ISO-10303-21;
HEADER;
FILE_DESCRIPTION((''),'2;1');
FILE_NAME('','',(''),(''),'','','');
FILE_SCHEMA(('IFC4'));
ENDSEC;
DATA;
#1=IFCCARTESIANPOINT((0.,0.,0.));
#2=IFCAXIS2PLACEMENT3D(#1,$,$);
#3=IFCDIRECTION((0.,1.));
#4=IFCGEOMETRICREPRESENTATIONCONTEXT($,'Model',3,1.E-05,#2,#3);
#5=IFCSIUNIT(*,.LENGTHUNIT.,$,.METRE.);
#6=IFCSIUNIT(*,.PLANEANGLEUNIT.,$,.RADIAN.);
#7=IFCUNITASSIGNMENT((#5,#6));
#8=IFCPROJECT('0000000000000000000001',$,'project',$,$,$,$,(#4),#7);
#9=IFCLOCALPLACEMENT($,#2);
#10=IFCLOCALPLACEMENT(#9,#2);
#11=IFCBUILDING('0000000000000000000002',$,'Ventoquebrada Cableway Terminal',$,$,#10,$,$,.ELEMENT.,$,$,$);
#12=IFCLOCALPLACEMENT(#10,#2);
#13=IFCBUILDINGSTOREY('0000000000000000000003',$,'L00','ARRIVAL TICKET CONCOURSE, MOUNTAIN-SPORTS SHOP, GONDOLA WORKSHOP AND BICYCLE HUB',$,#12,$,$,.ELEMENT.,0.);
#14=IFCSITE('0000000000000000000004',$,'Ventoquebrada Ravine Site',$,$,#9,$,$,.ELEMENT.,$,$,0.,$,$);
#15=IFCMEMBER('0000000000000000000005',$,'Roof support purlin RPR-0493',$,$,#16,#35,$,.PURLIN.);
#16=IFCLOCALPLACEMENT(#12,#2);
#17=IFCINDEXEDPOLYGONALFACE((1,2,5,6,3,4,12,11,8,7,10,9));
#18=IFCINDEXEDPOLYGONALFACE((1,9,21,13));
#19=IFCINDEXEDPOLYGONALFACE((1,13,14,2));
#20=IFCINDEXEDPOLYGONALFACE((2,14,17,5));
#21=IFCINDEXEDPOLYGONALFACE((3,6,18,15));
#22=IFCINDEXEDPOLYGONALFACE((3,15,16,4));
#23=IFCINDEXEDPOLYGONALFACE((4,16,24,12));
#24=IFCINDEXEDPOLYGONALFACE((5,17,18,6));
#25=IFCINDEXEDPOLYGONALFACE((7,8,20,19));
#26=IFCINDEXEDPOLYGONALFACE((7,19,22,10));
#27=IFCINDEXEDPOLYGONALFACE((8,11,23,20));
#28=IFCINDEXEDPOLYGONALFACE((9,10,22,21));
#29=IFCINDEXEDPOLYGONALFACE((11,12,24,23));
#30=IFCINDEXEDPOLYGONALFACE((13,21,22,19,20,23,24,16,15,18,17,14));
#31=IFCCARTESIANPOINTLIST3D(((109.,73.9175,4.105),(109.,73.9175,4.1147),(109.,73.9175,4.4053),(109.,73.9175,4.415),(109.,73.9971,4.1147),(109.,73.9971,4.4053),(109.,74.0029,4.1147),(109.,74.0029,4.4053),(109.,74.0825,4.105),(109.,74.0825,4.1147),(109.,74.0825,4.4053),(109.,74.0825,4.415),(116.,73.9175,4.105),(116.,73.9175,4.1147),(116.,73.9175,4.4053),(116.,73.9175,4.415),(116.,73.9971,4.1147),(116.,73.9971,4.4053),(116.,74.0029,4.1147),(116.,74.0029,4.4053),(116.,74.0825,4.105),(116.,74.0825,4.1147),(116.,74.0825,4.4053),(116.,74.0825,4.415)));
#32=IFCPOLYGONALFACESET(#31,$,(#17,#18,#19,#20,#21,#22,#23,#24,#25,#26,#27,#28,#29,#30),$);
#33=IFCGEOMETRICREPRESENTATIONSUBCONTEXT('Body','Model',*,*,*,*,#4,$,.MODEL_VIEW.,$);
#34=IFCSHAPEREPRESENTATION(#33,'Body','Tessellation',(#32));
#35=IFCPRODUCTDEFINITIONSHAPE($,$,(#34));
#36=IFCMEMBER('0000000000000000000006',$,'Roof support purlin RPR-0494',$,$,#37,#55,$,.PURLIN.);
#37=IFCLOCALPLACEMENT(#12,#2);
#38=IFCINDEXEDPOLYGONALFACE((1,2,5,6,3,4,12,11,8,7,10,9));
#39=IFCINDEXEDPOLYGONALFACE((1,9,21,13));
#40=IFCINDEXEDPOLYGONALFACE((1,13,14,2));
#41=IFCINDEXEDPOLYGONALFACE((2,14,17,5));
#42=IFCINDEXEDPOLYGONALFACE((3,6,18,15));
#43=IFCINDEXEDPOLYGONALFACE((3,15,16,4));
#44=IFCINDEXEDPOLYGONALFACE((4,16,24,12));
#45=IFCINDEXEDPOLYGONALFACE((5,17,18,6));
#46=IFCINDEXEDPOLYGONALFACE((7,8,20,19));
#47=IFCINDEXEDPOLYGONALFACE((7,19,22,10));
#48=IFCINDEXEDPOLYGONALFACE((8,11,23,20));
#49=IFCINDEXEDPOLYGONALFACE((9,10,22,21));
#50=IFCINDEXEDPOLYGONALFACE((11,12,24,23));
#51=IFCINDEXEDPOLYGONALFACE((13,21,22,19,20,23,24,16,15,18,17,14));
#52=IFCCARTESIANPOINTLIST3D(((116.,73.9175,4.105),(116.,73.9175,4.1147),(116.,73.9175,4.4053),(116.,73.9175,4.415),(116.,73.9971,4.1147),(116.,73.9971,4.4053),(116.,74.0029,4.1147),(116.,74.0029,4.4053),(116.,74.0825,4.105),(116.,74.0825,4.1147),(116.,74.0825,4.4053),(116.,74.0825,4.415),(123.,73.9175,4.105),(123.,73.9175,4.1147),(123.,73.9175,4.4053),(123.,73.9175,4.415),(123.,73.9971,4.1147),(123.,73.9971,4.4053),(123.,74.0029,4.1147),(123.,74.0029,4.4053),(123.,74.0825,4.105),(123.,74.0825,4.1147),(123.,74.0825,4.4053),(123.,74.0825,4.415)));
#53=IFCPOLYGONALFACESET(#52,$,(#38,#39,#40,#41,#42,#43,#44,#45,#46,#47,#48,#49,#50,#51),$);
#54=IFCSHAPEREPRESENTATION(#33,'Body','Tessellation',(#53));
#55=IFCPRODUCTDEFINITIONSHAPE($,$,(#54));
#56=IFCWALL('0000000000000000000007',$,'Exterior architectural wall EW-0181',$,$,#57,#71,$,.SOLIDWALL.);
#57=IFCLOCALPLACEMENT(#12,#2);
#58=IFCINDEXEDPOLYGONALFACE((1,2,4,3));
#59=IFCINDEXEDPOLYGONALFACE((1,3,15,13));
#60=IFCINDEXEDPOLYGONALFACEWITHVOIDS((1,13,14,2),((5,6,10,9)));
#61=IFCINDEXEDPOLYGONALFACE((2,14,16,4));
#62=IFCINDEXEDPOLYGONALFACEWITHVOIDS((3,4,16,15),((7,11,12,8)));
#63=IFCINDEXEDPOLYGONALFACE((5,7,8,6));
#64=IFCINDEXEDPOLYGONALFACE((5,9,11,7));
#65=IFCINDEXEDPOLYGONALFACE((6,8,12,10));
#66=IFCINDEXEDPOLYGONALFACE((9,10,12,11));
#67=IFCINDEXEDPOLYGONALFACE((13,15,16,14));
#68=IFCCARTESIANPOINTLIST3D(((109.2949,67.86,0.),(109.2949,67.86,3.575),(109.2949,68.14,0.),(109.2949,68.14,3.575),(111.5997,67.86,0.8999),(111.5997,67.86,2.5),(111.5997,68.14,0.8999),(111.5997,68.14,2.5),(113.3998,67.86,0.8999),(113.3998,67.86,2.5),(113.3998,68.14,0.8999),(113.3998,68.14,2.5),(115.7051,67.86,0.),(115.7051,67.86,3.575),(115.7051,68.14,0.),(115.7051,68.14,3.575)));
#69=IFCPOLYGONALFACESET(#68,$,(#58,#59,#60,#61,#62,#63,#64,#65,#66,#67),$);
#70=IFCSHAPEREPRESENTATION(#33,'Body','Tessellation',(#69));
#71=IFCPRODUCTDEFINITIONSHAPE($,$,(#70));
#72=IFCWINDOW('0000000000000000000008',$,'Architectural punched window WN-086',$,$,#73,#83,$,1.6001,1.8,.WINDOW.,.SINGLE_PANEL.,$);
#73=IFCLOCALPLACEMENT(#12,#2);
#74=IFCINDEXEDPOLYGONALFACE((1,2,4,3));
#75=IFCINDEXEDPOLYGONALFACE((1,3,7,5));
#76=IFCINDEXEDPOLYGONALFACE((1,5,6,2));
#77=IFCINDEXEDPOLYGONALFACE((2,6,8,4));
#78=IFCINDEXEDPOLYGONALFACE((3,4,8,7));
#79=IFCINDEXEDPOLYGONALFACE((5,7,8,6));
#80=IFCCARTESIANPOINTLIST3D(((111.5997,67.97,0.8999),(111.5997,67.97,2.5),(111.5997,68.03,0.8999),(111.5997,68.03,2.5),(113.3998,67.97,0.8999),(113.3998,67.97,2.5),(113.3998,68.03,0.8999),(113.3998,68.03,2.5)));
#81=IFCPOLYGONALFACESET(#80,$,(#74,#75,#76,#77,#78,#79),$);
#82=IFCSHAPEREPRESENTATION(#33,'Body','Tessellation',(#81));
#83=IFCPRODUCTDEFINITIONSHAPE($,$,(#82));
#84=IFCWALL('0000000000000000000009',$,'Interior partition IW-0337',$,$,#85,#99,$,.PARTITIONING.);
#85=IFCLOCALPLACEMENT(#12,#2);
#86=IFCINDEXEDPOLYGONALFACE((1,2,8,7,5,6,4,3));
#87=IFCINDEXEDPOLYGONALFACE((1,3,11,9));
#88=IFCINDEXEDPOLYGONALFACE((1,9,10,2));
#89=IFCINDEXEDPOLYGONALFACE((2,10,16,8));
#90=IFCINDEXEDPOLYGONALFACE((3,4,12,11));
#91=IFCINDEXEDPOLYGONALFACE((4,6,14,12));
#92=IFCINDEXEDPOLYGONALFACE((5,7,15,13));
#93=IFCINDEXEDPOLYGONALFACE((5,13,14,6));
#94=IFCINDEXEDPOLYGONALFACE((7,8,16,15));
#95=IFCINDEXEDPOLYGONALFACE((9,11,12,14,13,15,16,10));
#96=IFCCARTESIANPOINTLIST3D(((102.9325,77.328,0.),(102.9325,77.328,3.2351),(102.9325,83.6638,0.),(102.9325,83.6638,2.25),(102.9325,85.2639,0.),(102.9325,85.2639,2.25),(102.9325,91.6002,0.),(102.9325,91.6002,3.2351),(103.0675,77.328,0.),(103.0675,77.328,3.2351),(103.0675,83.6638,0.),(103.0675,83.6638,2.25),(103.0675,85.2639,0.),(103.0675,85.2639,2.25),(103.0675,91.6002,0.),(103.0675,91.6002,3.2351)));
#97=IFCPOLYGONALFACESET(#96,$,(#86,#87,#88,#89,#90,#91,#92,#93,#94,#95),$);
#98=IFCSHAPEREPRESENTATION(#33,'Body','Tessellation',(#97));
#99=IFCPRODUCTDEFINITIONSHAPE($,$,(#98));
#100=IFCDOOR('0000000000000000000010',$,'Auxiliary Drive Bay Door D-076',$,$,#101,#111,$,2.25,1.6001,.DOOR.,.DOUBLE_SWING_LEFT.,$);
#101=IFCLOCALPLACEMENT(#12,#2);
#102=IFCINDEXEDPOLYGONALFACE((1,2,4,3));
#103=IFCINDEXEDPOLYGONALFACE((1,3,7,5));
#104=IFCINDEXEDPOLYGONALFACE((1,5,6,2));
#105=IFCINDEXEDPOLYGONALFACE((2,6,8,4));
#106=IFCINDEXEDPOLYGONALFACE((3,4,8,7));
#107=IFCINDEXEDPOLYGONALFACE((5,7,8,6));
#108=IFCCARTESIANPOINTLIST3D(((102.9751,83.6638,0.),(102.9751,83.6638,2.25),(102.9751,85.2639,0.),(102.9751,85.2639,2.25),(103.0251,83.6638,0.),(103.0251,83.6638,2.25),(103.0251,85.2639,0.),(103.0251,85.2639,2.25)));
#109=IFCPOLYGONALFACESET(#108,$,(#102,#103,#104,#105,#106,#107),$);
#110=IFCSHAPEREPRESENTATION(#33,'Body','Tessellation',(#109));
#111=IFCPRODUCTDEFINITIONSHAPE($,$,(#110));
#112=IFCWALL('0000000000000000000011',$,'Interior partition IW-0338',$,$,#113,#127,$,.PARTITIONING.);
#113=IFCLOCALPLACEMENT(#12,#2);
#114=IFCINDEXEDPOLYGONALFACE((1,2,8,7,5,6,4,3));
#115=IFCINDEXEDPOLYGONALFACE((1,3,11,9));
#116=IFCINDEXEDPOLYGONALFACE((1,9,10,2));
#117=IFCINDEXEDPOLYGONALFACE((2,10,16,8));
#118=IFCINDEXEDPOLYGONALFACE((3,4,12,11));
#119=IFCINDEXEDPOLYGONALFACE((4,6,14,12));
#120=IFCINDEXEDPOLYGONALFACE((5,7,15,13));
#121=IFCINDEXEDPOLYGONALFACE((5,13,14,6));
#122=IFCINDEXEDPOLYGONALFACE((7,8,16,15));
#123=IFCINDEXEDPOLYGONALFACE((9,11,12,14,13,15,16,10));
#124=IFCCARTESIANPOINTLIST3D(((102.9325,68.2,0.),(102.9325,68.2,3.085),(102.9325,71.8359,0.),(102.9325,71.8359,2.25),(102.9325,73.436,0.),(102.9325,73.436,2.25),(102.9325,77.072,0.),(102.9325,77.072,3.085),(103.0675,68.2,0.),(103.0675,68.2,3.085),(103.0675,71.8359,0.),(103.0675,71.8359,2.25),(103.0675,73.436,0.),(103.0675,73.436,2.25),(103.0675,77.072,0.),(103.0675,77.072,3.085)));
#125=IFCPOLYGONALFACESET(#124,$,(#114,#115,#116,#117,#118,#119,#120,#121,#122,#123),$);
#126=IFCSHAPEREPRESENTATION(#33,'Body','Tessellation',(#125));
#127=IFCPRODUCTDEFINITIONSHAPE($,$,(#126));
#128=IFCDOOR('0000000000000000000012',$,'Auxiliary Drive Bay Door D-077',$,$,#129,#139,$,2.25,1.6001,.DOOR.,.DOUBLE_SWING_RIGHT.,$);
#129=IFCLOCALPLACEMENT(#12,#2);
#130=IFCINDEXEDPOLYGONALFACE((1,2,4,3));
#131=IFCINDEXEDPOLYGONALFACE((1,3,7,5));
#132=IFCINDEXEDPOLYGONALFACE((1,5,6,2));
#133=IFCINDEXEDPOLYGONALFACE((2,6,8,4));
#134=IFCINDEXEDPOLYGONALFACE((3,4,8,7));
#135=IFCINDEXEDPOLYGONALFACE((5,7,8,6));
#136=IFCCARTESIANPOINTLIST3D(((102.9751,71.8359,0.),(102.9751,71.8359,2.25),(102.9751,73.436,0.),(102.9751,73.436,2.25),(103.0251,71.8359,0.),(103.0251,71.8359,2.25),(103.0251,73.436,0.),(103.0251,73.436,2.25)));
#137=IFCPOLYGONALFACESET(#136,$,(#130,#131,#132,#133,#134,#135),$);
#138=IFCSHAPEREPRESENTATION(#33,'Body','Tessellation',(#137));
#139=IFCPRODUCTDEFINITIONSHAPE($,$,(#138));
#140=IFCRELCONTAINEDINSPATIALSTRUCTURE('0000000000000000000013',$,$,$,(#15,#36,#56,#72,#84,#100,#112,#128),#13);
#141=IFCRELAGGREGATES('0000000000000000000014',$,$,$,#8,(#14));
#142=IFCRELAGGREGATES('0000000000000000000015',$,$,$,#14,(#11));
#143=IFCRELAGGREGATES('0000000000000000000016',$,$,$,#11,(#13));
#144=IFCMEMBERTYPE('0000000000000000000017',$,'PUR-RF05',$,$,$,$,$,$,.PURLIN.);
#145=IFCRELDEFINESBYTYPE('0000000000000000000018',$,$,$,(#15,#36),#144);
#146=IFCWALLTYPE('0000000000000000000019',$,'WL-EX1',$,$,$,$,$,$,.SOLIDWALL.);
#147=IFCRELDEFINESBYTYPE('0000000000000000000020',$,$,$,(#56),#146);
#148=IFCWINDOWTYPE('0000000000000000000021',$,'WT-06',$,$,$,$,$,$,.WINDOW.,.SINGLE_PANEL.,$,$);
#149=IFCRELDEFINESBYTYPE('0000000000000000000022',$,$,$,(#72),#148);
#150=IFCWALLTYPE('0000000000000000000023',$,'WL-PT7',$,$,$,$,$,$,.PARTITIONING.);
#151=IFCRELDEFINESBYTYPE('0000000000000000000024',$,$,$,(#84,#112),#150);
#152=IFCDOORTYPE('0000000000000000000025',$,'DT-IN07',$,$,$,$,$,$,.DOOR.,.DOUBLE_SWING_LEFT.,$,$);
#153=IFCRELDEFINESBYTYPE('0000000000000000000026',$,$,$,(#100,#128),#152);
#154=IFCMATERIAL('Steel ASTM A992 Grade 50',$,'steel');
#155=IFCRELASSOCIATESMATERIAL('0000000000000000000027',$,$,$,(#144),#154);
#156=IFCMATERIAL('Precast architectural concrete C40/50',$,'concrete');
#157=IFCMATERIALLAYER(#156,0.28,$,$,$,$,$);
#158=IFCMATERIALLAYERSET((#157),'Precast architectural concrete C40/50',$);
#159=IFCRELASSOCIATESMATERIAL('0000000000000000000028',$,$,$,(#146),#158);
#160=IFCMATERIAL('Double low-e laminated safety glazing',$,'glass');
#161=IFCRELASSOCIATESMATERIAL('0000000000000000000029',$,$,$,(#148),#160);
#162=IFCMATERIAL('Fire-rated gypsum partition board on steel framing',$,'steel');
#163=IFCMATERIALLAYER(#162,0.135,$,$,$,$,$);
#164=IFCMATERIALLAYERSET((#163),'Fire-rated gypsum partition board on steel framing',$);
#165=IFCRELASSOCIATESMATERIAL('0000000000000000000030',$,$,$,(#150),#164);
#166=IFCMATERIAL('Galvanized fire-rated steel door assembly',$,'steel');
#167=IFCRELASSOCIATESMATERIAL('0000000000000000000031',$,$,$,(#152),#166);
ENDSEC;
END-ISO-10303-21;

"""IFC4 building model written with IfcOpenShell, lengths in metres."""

from ifc_helpers import new_model, si_unit, direction, frame, frame_2d, origin, origin_2d, place, context, subcontext, project, spatial, rectangle, i_section, extrude, material, layer, layer_set, material_profile, profile_set, type_object, element, fill, save


model = new_model("IFC4")

# Units and contexts
model_context = context("Model", 3, precision=1e-05, world=origin(), true_north=direction((0.0, 1.0)))
body_context = subcontext(model_context, "Body", "Model", "MODEL_VIEW")
ifc_project = project(units=[si_unit("LENGTHUNIT", "METRE"), si_unit("PLANEANGLEUNIT", "RADIAN")], contexts=[model_context])

# Site, building, storey
site_placement = place(None, origin())
site = spatial("IfcSite", under=ifc_project, at=site_placement, Name="Ventoquebrada Ravine Site", CompositionType="ELEMENT", RefElevation=0.0)
building_placement = place(site_placement, origin())
building = spatial("IfcBuilding", under=site, at=building_placement, Name="Ventoquebrada Cableway Terminal", CompositionType="ELEMENT")
storey_placement = place(building_placement, origin())
storey = spatial("IfcBuildingStorey", under=building, at=storey_placement, Name="L00", Description="ARRIVAL TICKET CONCOURSE, MOUNTAIN-SPORTS SHOP, GONDOLA WORKSHOP AND BICYCLE HUB", CompositionType="ELEMENT", Elevation=0.0)

# Members
ifc_material_1 = material(Name="Steel ASTM A992 Grade 50", Category="steel")
ifc_material_profile_1 = material_profile(ifc_material_1, i_section(OverallWidth=0.165, OverallDepth=0.3101, WebThickness=0.0059, FlangeThickness=0.0098, at=origin_2d()), Name="W12X26")
ifc_profile_set_1 = profile_set([ifc_material_profile_1], Name="Steel ASTM A992 Grade 50")
member_type = type_object("IfcMemberType", Name="PUR-RF05", PredefinedType="PURLIN", material=ifc_profile_set_1)
for number, where, z_axis, x_axis, name in (
    (1, (109.0, 74.0, 4.26), (1.0, 0.0, 0.0), (0.0, 1.0, 0.0), "Roof support purlin RPR-0493"),
    (2, (116.0, 74.0, 4.26), (1.0, 0.0, 0.0), (0.0, 1.0, 0.0), "Roof support purlin RPR-0494"),
):
    element("IfcMember", number, at=place(storey_placement, frame(where, z_axis=z_axis, x_axis=x_axis)), inside=storey, type_object=member_type, Name=name, PredefinedType="PURLIN", context=body_context, shape_type="SweptSolid", body=[
        extrude(i_section(OverallWidth=0.165, OverallDepth=0.3101, WebThickness=0.0059, FlangeThickness=0.0098, at=origin_2d()), origin(), (0.0, 0.0, 1.0), 7.0),
    ])

# Wall, opening, window
ifc_material_2 = material(Name="Precast architectural concrete C40/50", Category="concrete")
ifc_layer_1 = layer(ifc_material_2, 0.28)
ifc_layer_set_1 = layer_set([ifc_layer_1], Name="Precast architectural concrete C40/50")
wall_type_1 = type_object("IfcWallType", Name="WL-EX1", PredefinedType="SOLIDWALL", material=ifc_layer_set_1)
wall_1_placement = place(storey_placement, frame((109.2949, 68.0, 0.0), z_axis=(0.0, 0.0, 1.0), x_axis=(1.0, 0.0, 0.0)))
wall_1 = element("IfcWall", 3, at=wall_1_placement, inside=storey, type_object=wall_type_1, Name="Exterior architectural wall EW-0181", PredefinedType="SOLIDWALL", context=body_context, shape_type="SweptSolid", body=[
    extrude(rectangle(XDim=6.4102, YDim=0.28, at=frame_2d((3.2051, 0.0))), origin(), (0.0, 0.0, 1.0), 3.575),
])
opening_1_placement = place(wall_1_placement, frame((2.3049, 0.0, 0.8999)))
opening_1 = element("IfcOpeningElement", 4, at=opening_1_placement, cuts=wall_1, PredefinedType="OPENING", context=body_context, shape_type="SweptSolid", body=[
    extrude(rectangle(XDim=1.8, YDim=1.6001, at=frame_2d((0.8999, 0.8))), frame((0.0, 0.1499, 0.0), z_axis=(0.0, -1.0, 0.0), x_axis=(1.0, 0.0, 0.0)), (0.0, 0.0, 1.0), 0.3),
])
ifc_material_3 = material(Name="Double low-e laminated safety glazing", Category="glass")
window_type = type_object("IfcWindowType", Name="WT-06", PartitioningType="SINGLE_PANEL", PredefinedType="WINDOW", material=ifc_material_3)
window_placement = place(opening_1_placement, origin())
window = element("IfcWindow", 5, at=window_placement, inside=storey, type_object=window_type, Name="Architectural punched window WN-086", OverallHeight=1.6001, OverallWidth=1.8, PartitioningType="SINGLE_PANEL", PredefinedType="WINDOW", context=body_context, shape_type="SweptSolid", body=[
    extrude(rectangle(XDim=1.8, YDim=1.6001, at=frame_2d((0.8999, 0.8))), frame((0.0, 0.03, 0.0), z_axis=(0.0, -1.0, 0.0), x_axis=(1.0, 0.0, 0.0)), (0.0, 0.0, 1.0), 0.0601),
])
fill(opening_1, window)

# Walls, openings, doors
ifc_material_4 = material(Name="Fire-rated gypsum partition board on steel framing", Category="steel")
ifc_layer_2 = layer(ifc_material_4, 0.135)
ifc_layer_set_2 = layer_set([ifc_layer_2], Name="Fire-rated gypsum partition board on steel framing")
wall_type_2 = type_object("IfcWallType", Name="WL-PT7", PredefinedType="PARTITIONING", material=ifc_layer_set_2)
wall_2_placement = place(storey_placement, frame((103.0, 77.3279, 0.0), z_axis=(0.0, 0.0, 1.0), x_axis=(0.0, 1.0, 0.0)))
wall_2 = element("IfcWall", 6, at=wall_2_placement, inside=storey, type_object=wall_type_2, Name="Interior partition IW-0337", PredefinedType="PARTITIONING", context=body_context, shape_type="SweptSolid", body=[
    extrude(rectangle(XDim=14.2722, YDim=0.135, at=frame_2d((7.1362, 0.0))), origin(), (0.0, 0.0, 1.0), 3.2351),
])
opening_2_placement = place(wall_2_placement, frame((6.3359, 0.0, 0.0)))
opening_2 = element("IfcOpeningElement", 7, at=opening_2_placement, cuts=wall_2, PredefinedType="OPENING", context=body_context, shape_type="SweptSolid", body=[
    extrude(rectangle(XDim=1.6001, YDim=2.25, at=frame_2d((0.8, 1.125))), frame((0.0, 0.0774, 0.0), z_axis=(0.0, -1.0, 0.0), x_axis=(1.0, 0.0, 0.0)), (0.0, 0.0, 1.0), 0.155),
])
ifc_material_5 = material(Name="Galvanized fire-rated steel door assembly", Category="steel")
door_type = type_object("IfcDoorType", Name="DT-IN07", OperationType="DOUBLE_SWING_LEFT", PredefinedType="DOOR", material=ifc_material_5)
door_1_placement = place(opening_2_placement, origin())
door_1 = element("IfcDoor", 8, at=door_1_placement, inside=storey, type_object=door_type, Name="Auxiliary Drive Bay Door D-076", OperationType="DOUBLE_SWING_LEFT", OverallHeight=2.25, OverallWidth=1.6001, PredefinedType="DOOR", context=body_context, shape_type="SweptSolid", body=[
    extrude(rectangle(XDim=1.6001, YDim=2.25, at=frame_2d((0.8, 1.125))), frame((0.0, 0.0249, 0.0), z_axis=(0.0, -1.0, 0.0), x_axis=(1.0, 0.0, 0.0)), (0.0, 0.0, 1.0), 0.05),
])
fill(opening_2, door_1)
wall_3_placement = place(storey_placement, frame((103.0, 68.2, 0.0), z_axis=(0.0, 0.0, 1.0), x_axis=(0.0, 1.0, 0.0)))
wall_3 = element("IfcWall", 9, at=wall_3_placement, inside=storey, type_object=wall_type_2, Name="Interior partition IW-0338", PredefinedType="PARTITIONING", context=body_context, shape_type="SweptSolid", body=[
    extrude(rectangle(XDim=8.8721, YDim=0.135, at=frame_2d((4.436, 0.0))), origin(), (0.0, 0.0, 1.0), 3.085),
])
opening_3_placement = place(wall_3_placement, frame((3.636, 0.0, 0.0)))
opening_3 = element("IfcOpeningElement", 10, at=opening_3_placement, cuts=wall_3, PredefinedType="OPENING", context=body_context, shape_type="SweptSolid", body=[
    extrude(rectangle(XDim=1.6001, YDim=2.25, at=frame_2d((0.8, 1.125))), frame((0.0, 0.0774, 0.0), z_axis=(0.0, -1.0, 0.0), x_axis=(1.0, 0.0, 0.0)), (0.0, 0.0, 1.0), 0.155),
])
door_2_placement = place(opening_3_placement, origin())
door_2 = element("IfcDoor", 11, at=door_2_placement, inside=storey, type_object=door_type, Name="Auxiliary Drive Bay Door D-077", OperationType="DOUBLE_SWING_RIGHT", OverallHeight=2.25, OverallWidth=1.6001, PredefinedType="DOOR", context=body_context, shape_type="SweptSolid", body=[
    extrude(rectangle(XDim=1.6001, YDim=2.25, at=frame_2d((0.8, 1.125))), frame((0.0, 0.0249, 0.0), z_axis=(0.0, -1.0, 0.0), x_axis=(1.0, 0.0, 0.0)), (0.0, 0.0, 1.0), 0.05),
])
fill(opening_3, door_2)

save(model, "model.ifc")
